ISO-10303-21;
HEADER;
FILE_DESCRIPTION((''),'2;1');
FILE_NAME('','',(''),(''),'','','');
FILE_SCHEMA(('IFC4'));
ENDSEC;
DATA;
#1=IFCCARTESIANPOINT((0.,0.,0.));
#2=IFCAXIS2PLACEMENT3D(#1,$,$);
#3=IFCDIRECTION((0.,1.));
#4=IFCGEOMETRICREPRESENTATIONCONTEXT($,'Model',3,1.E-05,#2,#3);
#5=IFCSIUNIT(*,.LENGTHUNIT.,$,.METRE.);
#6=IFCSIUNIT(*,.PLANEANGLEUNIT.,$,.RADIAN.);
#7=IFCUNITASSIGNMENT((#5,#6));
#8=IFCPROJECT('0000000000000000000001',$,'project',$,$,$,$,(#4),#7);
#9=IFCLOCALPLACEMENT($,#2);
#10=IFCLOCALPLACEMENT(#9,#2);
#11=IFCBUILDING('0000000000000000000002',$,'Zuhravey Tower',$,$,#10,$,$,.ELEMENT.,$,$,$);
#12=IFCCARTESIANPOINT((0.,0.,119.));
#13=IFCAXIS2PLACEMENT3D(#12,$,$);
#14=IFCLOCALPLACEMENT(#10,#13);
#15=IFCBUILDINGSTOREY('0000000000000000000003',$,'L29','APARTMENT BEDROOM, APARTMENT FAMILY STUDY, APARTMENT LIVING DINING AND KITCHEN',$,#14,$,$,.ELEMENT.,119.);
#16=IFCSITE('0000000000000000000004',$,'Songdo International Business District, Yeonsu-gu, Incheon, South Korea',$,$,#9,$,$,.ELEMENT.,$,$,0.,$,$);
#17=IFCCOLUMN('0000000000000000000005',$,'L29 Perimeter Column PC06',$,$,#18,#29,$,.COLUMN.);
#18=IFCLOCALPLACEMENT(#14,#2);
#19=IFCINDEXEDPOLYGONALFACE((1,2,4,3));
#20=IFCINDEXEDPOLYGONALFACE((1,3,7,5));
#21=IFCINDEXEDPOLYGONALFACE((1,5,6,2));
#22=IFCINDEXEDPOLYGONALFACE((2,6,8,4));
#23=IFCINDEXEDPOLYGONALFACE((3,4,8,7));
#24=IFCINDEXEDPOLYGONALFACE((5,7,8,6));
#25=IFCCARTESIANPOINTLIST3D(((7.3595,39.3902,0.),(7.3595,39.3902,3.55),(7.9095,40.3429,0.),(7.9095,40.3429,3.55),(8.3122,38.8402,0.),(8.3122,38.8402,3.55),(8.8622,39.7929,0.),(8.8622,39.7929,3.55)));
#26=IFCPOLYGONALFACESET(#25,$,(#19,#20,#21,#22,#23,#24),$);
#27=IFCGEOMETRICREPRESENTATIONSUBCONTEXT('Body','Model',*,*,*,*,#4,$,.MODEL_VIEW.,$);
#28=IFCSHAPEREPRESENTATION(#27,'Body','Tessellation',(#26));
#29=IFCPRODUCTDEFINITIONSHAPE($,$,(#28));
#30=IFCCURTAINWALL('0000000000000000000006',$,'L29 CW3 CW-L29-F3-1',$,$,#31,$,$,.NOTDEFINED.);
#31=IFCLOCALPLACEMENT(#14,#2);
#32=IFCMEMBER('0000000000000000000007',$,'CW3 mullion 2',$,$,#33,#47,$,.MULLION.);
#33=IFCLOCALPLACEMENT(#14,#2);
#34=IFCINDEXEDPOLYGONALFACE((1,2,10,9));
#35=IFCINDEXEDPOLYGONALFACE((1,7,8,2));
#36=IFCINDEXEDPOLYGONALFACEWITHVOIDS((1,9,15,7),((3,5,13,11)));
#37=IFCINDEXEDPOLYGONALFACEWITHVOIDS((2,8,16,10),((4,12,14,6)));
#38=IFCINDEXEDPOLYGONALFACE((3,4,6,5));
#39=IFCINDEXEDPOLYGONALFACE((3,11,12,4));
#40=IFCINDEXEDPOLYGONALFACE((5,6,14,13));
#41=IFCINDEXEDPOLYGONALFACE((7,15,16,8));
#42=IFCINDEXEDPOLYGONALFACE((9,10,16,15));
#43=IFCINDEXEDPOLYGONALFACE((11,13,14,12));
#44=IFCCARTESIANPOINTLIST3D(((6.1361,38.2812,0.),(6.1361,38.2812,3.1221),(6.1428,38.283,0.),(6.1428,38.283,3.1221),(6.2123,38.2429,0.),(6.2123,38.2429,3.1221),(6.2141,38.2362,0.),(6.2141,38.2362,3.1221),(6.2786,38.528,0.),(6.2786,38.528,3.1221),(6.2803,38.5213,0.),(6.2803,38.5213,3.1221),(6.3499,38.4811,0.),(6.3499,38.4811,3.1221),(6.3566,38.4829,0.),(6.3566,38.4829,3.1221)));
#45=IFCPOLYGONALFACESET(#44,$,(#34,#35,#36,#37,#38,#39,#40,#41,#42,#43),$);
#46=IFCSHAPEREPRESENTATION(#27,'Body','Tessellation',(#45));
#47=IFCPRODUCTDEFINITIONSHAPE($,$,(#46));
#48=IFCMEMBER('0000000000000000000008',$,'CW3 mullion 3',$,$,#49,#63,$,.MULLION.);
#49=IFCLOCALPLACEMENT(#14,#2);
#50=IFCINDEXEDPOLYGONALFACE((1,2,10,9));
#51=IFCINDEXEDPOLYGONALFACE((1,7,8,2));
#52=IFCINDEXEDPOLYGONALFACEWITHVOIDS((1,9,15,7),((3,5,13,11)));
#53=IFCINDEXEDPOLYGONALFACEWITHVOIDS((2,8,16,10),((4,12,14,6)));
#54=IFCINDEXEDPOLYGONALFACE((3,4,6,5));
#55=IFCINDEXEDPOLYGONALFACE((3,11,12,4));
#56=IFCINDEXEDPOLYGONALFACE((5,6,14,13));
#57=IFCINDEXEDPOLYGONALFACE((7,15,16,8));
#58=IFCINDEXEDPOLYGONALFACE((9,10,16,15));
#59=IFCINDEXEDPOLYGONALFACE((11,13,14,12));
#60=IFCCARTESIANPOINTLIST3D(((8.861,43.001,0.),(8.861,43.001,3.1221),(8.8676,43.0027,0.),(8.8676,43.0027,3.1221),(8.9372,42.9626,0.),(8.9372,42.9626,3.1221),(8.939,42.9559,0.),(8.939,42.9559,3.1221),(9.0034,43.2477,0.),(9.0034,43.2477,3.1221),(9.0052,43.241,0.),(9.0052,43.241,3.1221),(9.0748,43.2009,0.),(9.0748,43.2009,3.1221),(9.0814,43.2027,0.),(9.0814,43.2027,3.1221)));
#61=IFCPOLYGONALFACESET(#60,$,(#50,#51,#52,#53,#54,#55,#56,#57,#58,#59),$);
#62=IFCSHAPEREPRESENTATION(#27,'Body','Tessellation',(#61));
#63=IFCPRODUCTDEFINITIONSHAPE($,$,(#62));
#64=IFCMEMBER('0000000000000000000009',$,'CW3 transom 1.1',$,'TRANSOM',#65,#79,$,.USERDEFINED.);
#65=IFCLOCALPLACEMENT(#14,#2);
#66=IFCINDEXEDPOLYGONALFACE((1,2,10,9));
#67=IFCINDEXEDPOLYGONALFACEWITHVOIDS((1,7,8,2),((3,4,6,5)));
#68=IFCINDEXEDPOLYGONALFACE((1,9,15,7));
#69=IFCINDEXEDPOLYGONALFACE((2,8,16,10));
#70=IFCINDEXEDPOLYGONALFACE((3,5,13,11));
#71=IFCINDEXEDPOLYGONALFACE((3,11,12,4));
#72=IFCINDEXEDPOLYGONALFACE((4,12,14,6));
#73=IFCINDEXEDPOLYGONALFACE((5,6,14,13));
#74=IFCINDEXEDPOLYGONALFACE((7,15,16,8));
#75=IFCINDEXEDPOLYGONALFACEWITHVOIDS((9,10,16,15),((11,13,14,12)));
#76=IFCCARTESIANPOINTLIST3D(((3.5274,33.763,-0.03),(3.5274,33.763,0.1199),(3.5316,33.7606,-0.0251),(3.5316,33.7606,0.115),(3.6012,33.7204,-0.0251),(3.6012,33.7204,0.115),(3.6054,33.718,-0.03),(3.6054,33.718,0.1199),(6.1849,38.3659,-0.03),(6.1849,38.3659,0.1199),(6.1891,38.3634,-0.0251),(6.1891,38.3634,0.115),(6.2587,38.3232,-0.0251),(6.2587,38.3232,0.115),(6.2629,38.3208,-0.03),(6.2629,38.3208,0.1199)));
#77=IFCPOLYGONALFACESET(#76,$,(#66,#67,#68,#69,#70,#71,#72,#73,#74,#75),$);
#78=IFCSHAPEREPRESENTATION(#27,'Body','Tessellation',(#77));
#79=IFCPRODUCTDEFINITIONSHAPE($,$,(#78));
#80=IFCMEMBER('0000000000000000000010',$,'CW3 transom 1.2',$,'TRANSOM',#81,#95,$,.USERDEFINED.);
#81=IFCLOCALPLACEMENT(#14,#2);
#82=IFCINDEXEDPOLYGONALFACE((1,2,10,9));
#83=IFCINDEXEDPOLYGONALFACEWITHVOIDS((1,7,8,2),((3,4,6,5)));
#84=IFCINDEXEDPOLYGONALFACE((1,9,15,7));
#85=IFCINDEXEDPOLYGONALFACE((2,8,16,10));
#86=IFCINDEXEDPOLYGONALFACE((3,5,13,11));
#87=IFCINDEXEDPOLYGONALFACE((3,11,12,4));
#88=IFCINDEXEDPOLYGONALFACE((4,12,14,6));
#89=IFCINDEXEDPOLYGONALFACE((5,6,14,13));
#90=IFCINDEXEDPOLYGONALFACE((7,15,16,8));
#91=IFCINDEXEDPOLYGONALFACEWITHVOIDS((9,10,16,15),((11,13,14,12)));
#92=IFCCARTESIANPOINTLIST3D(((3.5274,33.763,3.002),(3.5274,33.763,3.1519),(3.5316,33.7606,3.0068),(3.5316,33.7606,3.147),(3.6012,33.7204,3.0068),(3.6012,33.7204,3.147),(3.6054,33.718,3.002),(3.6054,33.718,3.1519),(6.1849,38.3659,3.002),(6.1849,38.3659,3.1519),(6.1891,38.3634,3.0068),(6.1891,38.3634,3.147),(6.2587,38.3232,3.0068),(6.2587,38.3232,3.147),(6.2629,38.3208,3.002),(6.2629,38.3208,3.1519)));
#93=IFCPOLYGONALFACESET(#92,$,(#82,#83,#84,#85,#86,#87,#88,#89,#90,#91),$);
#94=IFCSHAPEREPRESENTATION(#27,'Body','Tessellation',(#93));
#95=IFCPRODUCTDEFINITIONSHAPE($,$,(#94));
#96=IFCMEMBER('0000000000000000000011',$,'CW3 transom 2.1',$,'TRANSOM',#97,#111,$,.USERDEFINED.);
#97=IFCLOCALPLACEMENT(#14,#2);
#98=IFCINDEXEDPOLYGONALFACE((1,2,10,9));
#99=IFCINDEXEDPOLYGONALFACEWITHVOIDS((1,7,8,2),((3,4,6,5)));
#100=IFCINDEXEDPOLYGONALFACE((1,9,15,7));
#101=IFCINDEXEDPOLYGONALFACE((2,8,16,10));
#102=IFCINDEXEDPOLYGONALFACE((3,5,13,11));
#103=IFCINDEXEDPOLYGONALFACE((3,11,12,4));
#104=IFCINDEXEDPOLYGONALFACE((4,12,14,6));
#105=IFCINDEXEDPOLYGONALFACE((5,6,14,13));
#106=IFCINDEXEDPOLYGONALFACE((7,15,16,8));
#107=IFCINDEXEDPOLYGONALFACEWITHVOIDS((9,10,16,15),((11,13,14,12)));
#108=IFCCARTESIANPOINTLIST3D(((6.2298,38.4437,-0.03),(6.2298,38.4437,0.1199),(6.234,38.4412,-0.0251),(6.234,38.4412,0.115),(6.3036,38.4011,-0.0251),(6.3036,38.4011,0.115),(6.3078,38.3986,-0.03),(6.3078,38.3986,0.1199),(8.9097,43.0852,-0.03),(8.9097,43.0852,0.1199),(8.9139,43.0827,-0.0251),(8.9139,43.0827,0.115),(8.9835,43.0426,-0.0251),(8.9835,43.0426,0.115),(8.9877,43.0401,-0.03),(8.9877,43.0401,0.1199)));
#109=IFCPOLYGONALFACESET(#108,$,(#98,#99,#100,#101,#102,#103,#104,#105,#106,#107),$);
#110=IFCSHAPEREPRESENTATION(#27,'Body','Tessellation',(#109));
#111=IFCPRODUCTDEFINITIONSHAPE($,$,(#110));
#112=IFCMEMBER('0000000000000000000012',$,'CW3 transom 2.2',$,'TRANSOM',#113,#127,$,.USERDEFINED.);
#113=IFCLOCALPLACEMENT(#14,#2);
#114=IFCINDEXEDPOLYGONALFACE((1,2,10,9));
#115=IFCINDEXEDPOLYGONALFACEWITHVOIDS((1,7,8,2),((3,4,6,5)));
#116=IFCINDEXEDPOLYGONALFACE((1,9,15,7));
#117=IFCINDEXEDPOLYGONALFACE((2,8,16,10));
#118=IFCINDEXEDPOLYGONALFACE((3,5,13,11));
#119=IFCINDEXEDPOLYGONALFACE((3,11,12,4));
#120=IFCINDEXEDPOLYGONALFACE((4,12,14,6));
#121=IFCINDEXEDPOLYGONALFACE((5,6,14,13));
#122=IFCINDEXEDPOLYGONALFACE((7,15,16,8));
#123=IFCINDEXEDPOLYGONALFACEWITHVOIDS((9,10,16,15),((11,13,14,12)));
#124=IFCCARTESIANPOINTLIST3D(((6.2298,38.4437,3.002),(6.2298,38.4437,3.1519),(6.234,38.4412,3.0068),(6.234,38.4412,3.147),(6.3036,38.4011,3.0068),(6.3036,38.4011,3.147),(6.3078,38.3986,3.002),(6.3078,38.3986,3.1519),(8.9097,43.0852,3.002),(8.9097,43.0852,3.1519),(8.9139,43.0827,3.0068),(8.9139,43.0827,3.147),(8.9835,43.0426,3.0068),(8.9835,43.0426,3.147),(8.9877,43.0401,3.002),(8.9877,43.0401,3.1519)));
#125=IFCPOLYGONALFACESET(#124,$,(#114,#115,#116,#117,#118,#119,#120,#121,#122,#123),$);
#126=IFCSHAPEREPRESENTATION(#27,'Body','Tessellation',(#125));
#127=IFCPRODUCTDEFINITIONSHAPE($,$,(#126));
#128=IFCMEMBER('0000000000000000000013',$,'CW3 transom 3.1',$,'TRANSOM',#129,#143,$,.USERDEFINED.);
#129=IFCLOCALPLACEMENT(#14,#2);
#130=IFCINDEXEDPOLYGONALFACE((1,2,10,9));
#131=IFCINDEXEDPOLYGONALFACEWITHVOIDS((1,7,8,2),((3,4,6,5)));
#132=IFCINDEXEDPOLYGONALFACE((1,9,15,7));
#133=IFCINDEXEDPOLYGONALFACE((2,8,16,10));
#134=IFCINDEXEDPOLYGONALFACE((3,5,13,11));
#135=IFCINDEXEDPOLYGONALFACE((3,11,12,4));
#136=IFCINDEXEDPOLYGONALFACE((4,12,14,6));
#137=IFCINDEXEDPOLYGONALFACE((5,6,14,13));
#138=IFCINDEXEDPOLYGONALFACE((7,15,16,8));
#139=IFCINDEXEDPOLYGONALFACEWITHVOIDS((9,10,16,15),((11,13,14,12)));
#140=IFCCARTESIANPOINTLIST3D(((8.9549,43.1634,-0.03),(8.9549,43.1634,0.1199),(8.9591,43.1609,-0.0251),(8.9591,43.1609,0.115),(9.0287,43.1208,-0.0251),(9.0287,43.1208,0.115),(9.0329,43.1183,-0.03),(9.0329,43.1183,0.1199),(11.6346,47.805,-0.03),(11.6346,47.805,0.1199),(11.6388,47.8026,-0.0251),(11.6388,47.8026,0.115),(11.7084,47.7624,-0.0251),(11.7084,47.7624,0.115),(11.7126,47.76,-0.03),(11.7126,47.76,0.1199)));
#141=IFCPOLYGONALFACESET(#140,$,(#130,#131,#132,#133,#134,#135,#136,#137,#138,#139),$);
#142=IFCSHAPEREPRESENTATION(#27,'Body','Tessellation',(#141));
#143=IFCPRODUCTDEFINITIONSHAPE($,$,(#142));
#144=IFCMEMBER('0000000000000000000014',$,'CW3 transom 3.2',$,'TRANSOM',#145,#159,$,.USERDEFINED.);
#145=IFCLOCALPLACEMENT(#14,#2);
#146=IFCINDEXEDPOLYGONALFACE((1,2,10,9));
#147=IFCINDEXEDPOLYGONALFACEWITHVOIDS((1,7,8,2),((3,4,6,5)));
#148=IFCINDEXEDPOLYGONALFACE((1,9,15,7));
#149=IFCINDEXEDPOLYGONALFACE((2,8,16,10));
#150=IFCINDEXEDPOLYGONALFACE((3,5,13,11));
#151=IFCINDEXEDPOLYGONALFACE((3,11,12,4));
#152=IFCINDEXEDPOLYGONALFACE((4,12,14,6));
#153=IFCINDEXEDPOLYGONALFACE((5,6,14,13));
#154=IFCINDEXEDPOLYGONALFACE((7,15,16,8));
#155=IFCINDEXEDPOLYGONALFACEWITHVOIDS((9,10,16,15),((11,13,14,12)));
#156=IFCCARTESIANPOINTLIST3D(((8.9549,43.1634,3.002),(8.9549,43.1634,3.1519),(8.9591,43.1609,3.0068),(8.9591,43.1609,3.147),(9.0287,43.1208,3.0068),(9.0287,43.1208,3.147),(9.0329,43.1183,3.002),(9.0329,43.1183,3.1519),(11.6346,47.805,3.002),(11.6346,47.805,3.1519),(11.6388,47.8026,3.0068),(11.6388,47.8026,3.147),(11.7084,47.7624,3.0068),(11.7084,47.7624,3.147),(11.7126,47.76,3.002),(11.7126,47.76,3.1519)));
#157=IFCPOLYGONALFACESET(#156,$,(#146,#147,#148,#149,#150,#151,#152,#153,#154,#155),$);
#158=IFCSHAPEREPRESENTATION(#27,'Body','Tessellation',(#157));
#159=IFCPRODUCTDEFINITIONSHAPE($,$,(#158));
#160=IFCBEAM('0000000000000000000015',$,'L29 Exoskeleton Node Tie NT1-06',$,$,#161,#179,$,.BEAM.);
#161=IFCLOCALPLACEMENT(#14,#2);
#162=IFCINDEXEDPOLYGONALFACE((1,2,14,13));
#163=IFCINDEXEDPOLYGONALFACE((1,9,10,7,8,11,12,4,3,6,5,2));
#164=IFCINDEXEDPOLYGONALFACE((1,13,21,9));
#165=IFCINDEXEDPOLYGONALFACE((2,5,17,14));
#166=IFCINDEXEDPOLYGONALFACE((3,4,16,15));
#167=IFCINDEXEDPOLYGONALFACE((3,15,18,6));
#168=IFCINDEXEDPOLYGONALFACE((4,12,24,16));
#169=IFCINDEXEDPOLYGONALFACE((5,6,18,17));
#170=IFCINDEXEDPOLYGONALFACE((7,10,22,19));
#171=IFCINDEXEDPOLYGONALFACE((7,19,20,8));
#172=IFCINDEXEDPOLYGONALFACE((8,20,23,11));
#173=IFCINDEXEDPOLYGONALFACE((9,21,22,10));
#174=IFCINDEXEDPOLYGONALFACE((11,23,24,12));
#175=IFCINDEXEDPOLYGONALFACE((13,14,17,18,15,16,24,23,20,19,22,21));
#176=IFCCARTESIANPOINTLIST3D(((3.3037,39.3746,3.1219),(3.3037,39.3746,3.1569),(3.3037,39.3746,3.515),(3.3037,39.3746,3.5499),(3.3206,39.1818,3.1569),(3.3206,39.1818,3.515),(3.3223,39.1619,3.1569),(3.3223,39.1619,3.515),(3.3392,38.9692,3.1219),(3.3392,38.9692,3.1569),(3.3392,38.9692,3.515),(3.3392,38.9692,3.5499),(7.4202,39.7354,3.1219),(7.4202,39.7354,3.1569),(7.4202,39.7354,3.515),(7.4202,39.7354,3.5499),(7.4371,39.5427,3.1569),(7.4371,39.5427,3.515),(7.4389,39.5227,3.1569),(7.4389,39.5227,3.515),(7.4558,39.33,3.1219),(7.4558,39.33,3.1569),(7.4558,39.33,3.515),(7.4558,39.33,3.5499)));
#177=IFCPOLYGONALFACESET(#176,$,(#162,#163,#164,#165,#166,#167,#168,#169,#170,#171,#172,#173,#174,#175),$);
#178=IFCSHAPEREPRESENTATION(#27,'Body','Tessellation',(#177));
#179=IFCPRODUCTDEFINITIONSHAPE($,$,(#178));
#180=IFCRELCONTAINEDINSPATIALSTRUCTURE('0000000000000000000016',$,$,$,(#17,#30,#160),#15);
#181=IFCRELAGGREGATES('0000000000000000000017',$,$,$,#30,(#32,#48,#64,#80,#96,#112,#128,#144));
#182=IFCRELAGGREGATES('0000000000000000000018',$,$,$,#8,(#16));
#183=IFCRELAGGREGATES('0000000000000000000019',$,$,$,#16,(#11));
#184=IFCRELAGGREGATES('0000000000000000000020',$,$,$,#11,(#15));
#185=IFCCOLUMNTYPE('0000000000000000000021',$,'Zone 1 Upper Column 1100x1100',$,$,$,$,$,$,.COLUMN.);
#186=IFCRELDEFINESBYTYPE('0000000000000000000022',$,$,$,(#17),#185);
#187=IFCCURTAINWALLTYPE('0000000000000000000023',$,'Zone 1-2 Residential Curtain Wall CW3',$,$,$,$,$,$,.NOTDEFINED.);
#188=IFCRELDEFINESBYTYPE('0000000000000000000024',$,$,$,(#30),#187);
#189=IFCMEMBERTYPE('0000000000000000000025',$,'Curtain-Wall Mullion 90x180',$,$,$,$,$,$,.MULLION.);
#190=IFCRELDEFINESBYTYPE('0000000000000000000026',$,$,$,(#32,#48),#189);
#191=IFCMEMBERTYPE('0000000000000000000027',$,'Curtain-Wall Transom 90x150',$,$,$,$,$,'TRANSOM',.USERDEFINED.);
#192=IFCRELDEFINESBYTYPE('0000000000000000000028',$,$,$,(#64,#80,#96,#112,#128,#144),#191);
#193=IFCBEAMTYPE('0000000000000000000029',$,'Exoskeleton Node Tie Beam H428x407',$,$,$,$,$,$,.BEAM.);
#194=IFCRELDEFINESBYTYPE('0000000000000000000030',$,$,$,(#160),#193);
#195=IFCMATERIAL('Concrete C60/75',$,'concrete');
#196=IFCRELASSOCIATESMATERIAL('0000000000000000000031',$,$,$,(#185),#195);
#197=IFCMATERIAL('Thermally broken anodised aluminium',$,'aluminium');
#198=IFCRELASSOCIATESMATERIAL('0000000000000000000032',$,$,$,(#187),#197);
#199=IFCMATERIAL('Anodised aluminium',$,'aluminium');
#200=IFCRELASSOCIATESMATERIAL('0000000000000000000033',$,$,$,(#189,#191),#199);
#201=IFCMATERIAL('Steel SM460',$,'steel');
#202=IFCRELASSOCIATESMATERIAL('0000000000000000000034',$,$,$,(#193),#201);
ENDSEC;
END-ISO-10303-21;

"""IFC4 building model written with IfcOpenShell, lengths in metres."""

from ifc_helpers import new_model, si_unit, direction, frame, origin, origin_2d, place, context, subcontext, project, spatial, rectangle, hollow_rectangle, i_section, extrude, material, material_profile, profile_set, type_object, element, aggregate, save


model = new_model("IFC4")

# Units and contexts
model_context = context("Model", 3, precision=1e-05, world=origin(), true_north=direction((0.0, 1.0)))
body_context = subcontext(model_context, "Body", "Model", "MODEL_VIEW")
ifc_project = project(units=[si_unit("LENGTHUNIT", "METRE"), si_unit("PLANEANGLEUNIT", "RADIAN")], contexts=[model_context])

# Site, building, storey
site_placement = place(None, origin())
site = spatial("IfcSite", under=ifc_project, at=site_placement, Name="Songdo International Business District, Yeonsu-gu, Incheon, South Korea", CompositionType="ELEMENT", RefElevation=0.0)
building_placement = place(site_placement, origin())
building = spatial("IfcBuilding", under=site, at=building_placement, Name="Zuhravey Tower", CompositionType="ELEMENT")
storey_placement = place(building_placement, frame((0.0, 0.0, 119.0)))
storey = spatial("IfcBuildingStorey", under=building, at=storey_placement, Name="L29", Description="APARTMENT BEDROOM, APARTMENT FAMILY STUDY, APARTMENT LIVING DINING AND KITCHEN", CompositionType="ELEMENT", Elevation=119.0)

# Column
ifc_material_1 = material(Name="Concrete C60/75", Category="concrete")
ifc_material_profile_1 = material_profile(ifc_material_1, rectangle(XDim=1.1001, YDim=1.1001, at=origin_2d()), Name="RC-1100x1100")
ifc_profile_set_1 = profile_set([ifc_material_profile_1], Name="Concrete C60/75")
column_type = type_object("IfcColumnType", Name="Zone 1 Upper Column 1100x1100", PredefinedType="COLUMN", material=ifc_profile_set_1)
column_placement = place(storey_placement, frame((8.1108, 39.5916, 0.0), z_axis=(0.0, 0.0, 1.0), x_axis=(-0.5, -0.866025, 0.0)))
element("IfcColumn", 1, at=column_placement, inside=storey, type_object=column_type, Name="L29 Perimeter Column PC06", PredefinedType="COLUMN", context=body_context, shape_type="SweptSolid", body=[
    extrude(rectangle(XDim=1.1001, YDim=1.1001, at=origin_2d()), origin(), (0.0, 0.0, 1.0), 3.55),
])

# Curtain wall, members
ifc_material_2 = material(Name="Thermally broken anodised aluminium", Category="aluminium")
curtain_wall_type = type_object("IfcCurtainWallType", Name="Zone 1-2 Residential Curtain Wall CW3", PredefinedType="NOTDEFINED", material=ifc_material_2)
curtain_wall_placement = place(storey_placement, origin())
curtain_wall = element("IfcCurtainWall", 2, at=curtain_wall_placement, inside=storey, type_object=curtain_wall_type, Name="L29 CW3 CW-L29-F3-1", PredefinedType="NOTDEFINED")
ifc_material_3 = material(Name="Anodised aluminium", Category="aluminium")
ifc_material_profile_2 = material_profile(ifc_material_3, hollow_rectangle(XDim=0.0901, YDim=0.2849, WallThickness=0.0049, at=origin_2d()), Name="ALU-RHS-90x285x5")
ifc_profile_set_2 = profile_set([ifc_material_profile_2], Name="Anodised aluminium")
member_type_1 = type_object("IfcMemberType", Name="Curtain-Wall Mullion 90x180", PredefinedType="MULLION", material=ifc_profile_set_2)
member_1_placement = place(storey_placement, frame((6.2463, 38.3821, 0.0), z_axis=(0.0, 0.0, 1.0), x_axis=(-0.866025, 0.5, 0.0)))
member_1 = element("IfcMember", 3, at=member_1_placement, type_object=member_type_1, Name="CW3 mullion 2", PredefinedType="MULLION", context=body_context, shape_type="SweptSolid", body=[
    extrude(hollow_rectangle(XDim=0.0901, YDim=0.2849, WallThickness=0.0049, at=origin_2d()), origin(), (0.0, 0.0, 1.0), 3.1221),
])
member_2_placement = place(storey_placement, frame((8.9712, 43.1018, 0.0), z_axis=(0.0, 0.0, 1.0), x_axis=(-0.866025, 0.5, 0.0)))
member_2 = element("IfcMember", 4, at=member_2_placement, type_object=member_type_1, Name="CW3 mullion 3", PredefinedType="MULLION", context=body_context, shape_type="SweptSolid", body=[
    extrude(hollow_rectangle(XDim=0.0901, YDim=0.2849, WallThickness=0.0049, at=origin_2d()), origin(), (0.0, 0.0, 1.0), 3.1221),
])
ifc_material_profile_3 = material_profile(ifc_material_3, hollow_rectangle(XDim=0.0901, YDim=0.1499, WallThickness=0.0049, at=origin_2d()), Name="ALU-RHS-90x150x5")
ifc_profile_set_3 = profile_set([ifc_material_profile_3], Name="Anodised aluminium")
member_type_2 = type_object("IfcMemberType", Name="Curtain-Wall Transom 90x150", ElementType="TRANSOM", PredefinedType="USERDEFINED", material=ifc_profile_set_3)
member_3_placement = place(storey_placement, frame((3.5664, 33.7405, 0.0449), z_axis=(0.500007, 0.866021, 0.0), x_axis=(-0.866021, 0.500007, 0.0)))
member_3 = element("IfcMember", 5, at=member_3_placement, type_object=member_type_2, Name="CW3 transom 1.1", ObjectType="TRANSOM", PredefinedType="USERDEFINED", context=body_context, shape_type="SweptSolid", body=[
    extrude(hollow_rectangle(XDim=0.0901, YDim=0.1499, WallThickness=0.0049, at=origin_2d()), origin(), (0.0, 0.0, 1.0), 5.3149),
])
member_4_placement = place(storey_placement, frame((3.5664, 33.7405, 3.0769), z_axis=(0.500007, 0.866021, 0.0), x_axis=(-0.866021, 0.500007, 0.0)))
member_4 = element("IfcMember", 6, at=member_4_placement, type_object=member_type_2, Name="CW3 transom 1.2", ObjectType="TRANSOM", PredefinedType="USERDEFINED", context=body_context, shape_type="SweptSolid", body=[
    extrude(hollow_rectangle(XDim=0.0901, YDim=0.1499, WallThickness=0.0049, at=origin_2d()), origin(), (0.0, 0.0, 1.0), 5.3149),
])
member_5_placement = place(storey_placement, frame((6.2688, 38.4211, 0.0449), z_axis=(0.500014, 0.866017, 0.0), x_axis=(-0.866017, 0.500014, 0.0)))
member_5 = element("IfcMember", 7, at=member_5_placement, type_object=member_type_2, Name="CW3 transom 2.1", ObjectType="TRANSOM", PredefinedType="USERDEFINED", context=body_context, shape_type="SweptSolid", body=[
    extrude(hollow_rectangle(XDim=0.0901, YDim=0.1499, WallThickness=0.0049, at=origin_2d()), origin(), (0.0, 0.0, 1.0), 5.3596),
])
member_6_placement = place(storey_placement, frame((6.2688, 38.4211, 3.0769), z_axis=(0.500014, 0.866017, 0.0), x_axis=(-0.866017, 0.500014, 0.0)))
member_6 = element("IfcMember", 8, at=member_6_placement, type_object=member_type_2, Name="CW3 transom 2.2", ObjectType="TRANSOM", PredefinedType="USERDEFINED", context=body_context, shape_type="SweptSolid", body=[
    extrude(hollow_rectangle(XDim=0.0901, YDim=0.1499, WallThickness=0.0049, at=origin_2d()), origin(), (0.0, 0.0, 1.0), 5.3596),
])
member_7_placement = place(storey_placement, frame((8.9939, 43.1409, 0.0449), z_axis=(0.49998, 0.866037, 0.0), x_axis=(-0.866037, 0.49998, 0.0)))
member_7 = element("IfcMember", 9, at=member_7_placement, type_object=member_type_2, Name="CW3 transom 3.1", ObjectType="TRANSOM", PredefinedType="USERDEFINED", context=body_context, shape_type="SweptSolid", body=[
    extrude(hollow_rectangle(XDim=0.0901, YDim=0.1499, WallThickness=0.0049, at=origin_2d()), origin(), (0.0, 0.0, 1.0), 5.3596),
])
member_8_placement = place(storey_placement, frame((8.9939, 43.1409, 3.0769), z_axis=(0.49998, 0.866037, 0.0), x_axis=(-0.866037, 0.49998, 0.0)))
member_8 = element("IfcMember", 10, at=member_8_placement, type_object=member_type_2, Name="CW3 transom 3.2", ObjectType="TRANSOM", PredefinedType="USERDEFINED", context=body_context, shape_type="SweptSolid", body=[
    extrude(hollow_rectangle(XDim=0.0901, YDim=0.1499, WallThickness=0.0049, at=origin_2d()), origin(), (0.0, 0.0, 1.0), 5.3596),
])

# Beam
ifc_material_4 = material(Name="Steel SM460", Category="steel")
ifc_material_profile_4 = material_profile(ifc_material_4, i_section(OverallWidth=0.407, OverallDepth=0.428, WebThickness=0.02, FlangeThickness=0.0349, at=origin_2d()), Name="H-428x407x20x35")
ifc_profile_set_4 = profile_set([ifc_material_profile_4], Name="Steel SM460")
beam_type_1 = type_object("IfcBeamType", Name="Exoskeleton Node Tie Beam H428x407", PredefinedType="BEAM", material=ifc_profile_set_4)
beam_1_placement = place(storey_placement, frame((7.438, 39.5327, 3.3359), z_axis=(-0.99618, -0.087323, 0.0), x_axis=(0.087323, -0.99618, 0.0)))
element("IfcBeam", 11, at=beam_1_placement, inside=storey, type_object=beam_type_1, Name="L29 Exoskeleton Node Tie NT1-06", PredefinedType="BEAM", context=body_context, shape_type="SweptSolid", body=[
    extrude(i_section(OverallWidth=0.407, OverallDepth=0.428, WebThickness=0.02, FlangeThickness=0.0349, at=origin_2d()), origin(), (0.0, 0.0, 1.0), 4.1323),
])

aggregate(curtain_wall, [member_1, member_2, member_3, member_4, member_5, member_6, member_7, member_8])

save(model, "model.ifc")
